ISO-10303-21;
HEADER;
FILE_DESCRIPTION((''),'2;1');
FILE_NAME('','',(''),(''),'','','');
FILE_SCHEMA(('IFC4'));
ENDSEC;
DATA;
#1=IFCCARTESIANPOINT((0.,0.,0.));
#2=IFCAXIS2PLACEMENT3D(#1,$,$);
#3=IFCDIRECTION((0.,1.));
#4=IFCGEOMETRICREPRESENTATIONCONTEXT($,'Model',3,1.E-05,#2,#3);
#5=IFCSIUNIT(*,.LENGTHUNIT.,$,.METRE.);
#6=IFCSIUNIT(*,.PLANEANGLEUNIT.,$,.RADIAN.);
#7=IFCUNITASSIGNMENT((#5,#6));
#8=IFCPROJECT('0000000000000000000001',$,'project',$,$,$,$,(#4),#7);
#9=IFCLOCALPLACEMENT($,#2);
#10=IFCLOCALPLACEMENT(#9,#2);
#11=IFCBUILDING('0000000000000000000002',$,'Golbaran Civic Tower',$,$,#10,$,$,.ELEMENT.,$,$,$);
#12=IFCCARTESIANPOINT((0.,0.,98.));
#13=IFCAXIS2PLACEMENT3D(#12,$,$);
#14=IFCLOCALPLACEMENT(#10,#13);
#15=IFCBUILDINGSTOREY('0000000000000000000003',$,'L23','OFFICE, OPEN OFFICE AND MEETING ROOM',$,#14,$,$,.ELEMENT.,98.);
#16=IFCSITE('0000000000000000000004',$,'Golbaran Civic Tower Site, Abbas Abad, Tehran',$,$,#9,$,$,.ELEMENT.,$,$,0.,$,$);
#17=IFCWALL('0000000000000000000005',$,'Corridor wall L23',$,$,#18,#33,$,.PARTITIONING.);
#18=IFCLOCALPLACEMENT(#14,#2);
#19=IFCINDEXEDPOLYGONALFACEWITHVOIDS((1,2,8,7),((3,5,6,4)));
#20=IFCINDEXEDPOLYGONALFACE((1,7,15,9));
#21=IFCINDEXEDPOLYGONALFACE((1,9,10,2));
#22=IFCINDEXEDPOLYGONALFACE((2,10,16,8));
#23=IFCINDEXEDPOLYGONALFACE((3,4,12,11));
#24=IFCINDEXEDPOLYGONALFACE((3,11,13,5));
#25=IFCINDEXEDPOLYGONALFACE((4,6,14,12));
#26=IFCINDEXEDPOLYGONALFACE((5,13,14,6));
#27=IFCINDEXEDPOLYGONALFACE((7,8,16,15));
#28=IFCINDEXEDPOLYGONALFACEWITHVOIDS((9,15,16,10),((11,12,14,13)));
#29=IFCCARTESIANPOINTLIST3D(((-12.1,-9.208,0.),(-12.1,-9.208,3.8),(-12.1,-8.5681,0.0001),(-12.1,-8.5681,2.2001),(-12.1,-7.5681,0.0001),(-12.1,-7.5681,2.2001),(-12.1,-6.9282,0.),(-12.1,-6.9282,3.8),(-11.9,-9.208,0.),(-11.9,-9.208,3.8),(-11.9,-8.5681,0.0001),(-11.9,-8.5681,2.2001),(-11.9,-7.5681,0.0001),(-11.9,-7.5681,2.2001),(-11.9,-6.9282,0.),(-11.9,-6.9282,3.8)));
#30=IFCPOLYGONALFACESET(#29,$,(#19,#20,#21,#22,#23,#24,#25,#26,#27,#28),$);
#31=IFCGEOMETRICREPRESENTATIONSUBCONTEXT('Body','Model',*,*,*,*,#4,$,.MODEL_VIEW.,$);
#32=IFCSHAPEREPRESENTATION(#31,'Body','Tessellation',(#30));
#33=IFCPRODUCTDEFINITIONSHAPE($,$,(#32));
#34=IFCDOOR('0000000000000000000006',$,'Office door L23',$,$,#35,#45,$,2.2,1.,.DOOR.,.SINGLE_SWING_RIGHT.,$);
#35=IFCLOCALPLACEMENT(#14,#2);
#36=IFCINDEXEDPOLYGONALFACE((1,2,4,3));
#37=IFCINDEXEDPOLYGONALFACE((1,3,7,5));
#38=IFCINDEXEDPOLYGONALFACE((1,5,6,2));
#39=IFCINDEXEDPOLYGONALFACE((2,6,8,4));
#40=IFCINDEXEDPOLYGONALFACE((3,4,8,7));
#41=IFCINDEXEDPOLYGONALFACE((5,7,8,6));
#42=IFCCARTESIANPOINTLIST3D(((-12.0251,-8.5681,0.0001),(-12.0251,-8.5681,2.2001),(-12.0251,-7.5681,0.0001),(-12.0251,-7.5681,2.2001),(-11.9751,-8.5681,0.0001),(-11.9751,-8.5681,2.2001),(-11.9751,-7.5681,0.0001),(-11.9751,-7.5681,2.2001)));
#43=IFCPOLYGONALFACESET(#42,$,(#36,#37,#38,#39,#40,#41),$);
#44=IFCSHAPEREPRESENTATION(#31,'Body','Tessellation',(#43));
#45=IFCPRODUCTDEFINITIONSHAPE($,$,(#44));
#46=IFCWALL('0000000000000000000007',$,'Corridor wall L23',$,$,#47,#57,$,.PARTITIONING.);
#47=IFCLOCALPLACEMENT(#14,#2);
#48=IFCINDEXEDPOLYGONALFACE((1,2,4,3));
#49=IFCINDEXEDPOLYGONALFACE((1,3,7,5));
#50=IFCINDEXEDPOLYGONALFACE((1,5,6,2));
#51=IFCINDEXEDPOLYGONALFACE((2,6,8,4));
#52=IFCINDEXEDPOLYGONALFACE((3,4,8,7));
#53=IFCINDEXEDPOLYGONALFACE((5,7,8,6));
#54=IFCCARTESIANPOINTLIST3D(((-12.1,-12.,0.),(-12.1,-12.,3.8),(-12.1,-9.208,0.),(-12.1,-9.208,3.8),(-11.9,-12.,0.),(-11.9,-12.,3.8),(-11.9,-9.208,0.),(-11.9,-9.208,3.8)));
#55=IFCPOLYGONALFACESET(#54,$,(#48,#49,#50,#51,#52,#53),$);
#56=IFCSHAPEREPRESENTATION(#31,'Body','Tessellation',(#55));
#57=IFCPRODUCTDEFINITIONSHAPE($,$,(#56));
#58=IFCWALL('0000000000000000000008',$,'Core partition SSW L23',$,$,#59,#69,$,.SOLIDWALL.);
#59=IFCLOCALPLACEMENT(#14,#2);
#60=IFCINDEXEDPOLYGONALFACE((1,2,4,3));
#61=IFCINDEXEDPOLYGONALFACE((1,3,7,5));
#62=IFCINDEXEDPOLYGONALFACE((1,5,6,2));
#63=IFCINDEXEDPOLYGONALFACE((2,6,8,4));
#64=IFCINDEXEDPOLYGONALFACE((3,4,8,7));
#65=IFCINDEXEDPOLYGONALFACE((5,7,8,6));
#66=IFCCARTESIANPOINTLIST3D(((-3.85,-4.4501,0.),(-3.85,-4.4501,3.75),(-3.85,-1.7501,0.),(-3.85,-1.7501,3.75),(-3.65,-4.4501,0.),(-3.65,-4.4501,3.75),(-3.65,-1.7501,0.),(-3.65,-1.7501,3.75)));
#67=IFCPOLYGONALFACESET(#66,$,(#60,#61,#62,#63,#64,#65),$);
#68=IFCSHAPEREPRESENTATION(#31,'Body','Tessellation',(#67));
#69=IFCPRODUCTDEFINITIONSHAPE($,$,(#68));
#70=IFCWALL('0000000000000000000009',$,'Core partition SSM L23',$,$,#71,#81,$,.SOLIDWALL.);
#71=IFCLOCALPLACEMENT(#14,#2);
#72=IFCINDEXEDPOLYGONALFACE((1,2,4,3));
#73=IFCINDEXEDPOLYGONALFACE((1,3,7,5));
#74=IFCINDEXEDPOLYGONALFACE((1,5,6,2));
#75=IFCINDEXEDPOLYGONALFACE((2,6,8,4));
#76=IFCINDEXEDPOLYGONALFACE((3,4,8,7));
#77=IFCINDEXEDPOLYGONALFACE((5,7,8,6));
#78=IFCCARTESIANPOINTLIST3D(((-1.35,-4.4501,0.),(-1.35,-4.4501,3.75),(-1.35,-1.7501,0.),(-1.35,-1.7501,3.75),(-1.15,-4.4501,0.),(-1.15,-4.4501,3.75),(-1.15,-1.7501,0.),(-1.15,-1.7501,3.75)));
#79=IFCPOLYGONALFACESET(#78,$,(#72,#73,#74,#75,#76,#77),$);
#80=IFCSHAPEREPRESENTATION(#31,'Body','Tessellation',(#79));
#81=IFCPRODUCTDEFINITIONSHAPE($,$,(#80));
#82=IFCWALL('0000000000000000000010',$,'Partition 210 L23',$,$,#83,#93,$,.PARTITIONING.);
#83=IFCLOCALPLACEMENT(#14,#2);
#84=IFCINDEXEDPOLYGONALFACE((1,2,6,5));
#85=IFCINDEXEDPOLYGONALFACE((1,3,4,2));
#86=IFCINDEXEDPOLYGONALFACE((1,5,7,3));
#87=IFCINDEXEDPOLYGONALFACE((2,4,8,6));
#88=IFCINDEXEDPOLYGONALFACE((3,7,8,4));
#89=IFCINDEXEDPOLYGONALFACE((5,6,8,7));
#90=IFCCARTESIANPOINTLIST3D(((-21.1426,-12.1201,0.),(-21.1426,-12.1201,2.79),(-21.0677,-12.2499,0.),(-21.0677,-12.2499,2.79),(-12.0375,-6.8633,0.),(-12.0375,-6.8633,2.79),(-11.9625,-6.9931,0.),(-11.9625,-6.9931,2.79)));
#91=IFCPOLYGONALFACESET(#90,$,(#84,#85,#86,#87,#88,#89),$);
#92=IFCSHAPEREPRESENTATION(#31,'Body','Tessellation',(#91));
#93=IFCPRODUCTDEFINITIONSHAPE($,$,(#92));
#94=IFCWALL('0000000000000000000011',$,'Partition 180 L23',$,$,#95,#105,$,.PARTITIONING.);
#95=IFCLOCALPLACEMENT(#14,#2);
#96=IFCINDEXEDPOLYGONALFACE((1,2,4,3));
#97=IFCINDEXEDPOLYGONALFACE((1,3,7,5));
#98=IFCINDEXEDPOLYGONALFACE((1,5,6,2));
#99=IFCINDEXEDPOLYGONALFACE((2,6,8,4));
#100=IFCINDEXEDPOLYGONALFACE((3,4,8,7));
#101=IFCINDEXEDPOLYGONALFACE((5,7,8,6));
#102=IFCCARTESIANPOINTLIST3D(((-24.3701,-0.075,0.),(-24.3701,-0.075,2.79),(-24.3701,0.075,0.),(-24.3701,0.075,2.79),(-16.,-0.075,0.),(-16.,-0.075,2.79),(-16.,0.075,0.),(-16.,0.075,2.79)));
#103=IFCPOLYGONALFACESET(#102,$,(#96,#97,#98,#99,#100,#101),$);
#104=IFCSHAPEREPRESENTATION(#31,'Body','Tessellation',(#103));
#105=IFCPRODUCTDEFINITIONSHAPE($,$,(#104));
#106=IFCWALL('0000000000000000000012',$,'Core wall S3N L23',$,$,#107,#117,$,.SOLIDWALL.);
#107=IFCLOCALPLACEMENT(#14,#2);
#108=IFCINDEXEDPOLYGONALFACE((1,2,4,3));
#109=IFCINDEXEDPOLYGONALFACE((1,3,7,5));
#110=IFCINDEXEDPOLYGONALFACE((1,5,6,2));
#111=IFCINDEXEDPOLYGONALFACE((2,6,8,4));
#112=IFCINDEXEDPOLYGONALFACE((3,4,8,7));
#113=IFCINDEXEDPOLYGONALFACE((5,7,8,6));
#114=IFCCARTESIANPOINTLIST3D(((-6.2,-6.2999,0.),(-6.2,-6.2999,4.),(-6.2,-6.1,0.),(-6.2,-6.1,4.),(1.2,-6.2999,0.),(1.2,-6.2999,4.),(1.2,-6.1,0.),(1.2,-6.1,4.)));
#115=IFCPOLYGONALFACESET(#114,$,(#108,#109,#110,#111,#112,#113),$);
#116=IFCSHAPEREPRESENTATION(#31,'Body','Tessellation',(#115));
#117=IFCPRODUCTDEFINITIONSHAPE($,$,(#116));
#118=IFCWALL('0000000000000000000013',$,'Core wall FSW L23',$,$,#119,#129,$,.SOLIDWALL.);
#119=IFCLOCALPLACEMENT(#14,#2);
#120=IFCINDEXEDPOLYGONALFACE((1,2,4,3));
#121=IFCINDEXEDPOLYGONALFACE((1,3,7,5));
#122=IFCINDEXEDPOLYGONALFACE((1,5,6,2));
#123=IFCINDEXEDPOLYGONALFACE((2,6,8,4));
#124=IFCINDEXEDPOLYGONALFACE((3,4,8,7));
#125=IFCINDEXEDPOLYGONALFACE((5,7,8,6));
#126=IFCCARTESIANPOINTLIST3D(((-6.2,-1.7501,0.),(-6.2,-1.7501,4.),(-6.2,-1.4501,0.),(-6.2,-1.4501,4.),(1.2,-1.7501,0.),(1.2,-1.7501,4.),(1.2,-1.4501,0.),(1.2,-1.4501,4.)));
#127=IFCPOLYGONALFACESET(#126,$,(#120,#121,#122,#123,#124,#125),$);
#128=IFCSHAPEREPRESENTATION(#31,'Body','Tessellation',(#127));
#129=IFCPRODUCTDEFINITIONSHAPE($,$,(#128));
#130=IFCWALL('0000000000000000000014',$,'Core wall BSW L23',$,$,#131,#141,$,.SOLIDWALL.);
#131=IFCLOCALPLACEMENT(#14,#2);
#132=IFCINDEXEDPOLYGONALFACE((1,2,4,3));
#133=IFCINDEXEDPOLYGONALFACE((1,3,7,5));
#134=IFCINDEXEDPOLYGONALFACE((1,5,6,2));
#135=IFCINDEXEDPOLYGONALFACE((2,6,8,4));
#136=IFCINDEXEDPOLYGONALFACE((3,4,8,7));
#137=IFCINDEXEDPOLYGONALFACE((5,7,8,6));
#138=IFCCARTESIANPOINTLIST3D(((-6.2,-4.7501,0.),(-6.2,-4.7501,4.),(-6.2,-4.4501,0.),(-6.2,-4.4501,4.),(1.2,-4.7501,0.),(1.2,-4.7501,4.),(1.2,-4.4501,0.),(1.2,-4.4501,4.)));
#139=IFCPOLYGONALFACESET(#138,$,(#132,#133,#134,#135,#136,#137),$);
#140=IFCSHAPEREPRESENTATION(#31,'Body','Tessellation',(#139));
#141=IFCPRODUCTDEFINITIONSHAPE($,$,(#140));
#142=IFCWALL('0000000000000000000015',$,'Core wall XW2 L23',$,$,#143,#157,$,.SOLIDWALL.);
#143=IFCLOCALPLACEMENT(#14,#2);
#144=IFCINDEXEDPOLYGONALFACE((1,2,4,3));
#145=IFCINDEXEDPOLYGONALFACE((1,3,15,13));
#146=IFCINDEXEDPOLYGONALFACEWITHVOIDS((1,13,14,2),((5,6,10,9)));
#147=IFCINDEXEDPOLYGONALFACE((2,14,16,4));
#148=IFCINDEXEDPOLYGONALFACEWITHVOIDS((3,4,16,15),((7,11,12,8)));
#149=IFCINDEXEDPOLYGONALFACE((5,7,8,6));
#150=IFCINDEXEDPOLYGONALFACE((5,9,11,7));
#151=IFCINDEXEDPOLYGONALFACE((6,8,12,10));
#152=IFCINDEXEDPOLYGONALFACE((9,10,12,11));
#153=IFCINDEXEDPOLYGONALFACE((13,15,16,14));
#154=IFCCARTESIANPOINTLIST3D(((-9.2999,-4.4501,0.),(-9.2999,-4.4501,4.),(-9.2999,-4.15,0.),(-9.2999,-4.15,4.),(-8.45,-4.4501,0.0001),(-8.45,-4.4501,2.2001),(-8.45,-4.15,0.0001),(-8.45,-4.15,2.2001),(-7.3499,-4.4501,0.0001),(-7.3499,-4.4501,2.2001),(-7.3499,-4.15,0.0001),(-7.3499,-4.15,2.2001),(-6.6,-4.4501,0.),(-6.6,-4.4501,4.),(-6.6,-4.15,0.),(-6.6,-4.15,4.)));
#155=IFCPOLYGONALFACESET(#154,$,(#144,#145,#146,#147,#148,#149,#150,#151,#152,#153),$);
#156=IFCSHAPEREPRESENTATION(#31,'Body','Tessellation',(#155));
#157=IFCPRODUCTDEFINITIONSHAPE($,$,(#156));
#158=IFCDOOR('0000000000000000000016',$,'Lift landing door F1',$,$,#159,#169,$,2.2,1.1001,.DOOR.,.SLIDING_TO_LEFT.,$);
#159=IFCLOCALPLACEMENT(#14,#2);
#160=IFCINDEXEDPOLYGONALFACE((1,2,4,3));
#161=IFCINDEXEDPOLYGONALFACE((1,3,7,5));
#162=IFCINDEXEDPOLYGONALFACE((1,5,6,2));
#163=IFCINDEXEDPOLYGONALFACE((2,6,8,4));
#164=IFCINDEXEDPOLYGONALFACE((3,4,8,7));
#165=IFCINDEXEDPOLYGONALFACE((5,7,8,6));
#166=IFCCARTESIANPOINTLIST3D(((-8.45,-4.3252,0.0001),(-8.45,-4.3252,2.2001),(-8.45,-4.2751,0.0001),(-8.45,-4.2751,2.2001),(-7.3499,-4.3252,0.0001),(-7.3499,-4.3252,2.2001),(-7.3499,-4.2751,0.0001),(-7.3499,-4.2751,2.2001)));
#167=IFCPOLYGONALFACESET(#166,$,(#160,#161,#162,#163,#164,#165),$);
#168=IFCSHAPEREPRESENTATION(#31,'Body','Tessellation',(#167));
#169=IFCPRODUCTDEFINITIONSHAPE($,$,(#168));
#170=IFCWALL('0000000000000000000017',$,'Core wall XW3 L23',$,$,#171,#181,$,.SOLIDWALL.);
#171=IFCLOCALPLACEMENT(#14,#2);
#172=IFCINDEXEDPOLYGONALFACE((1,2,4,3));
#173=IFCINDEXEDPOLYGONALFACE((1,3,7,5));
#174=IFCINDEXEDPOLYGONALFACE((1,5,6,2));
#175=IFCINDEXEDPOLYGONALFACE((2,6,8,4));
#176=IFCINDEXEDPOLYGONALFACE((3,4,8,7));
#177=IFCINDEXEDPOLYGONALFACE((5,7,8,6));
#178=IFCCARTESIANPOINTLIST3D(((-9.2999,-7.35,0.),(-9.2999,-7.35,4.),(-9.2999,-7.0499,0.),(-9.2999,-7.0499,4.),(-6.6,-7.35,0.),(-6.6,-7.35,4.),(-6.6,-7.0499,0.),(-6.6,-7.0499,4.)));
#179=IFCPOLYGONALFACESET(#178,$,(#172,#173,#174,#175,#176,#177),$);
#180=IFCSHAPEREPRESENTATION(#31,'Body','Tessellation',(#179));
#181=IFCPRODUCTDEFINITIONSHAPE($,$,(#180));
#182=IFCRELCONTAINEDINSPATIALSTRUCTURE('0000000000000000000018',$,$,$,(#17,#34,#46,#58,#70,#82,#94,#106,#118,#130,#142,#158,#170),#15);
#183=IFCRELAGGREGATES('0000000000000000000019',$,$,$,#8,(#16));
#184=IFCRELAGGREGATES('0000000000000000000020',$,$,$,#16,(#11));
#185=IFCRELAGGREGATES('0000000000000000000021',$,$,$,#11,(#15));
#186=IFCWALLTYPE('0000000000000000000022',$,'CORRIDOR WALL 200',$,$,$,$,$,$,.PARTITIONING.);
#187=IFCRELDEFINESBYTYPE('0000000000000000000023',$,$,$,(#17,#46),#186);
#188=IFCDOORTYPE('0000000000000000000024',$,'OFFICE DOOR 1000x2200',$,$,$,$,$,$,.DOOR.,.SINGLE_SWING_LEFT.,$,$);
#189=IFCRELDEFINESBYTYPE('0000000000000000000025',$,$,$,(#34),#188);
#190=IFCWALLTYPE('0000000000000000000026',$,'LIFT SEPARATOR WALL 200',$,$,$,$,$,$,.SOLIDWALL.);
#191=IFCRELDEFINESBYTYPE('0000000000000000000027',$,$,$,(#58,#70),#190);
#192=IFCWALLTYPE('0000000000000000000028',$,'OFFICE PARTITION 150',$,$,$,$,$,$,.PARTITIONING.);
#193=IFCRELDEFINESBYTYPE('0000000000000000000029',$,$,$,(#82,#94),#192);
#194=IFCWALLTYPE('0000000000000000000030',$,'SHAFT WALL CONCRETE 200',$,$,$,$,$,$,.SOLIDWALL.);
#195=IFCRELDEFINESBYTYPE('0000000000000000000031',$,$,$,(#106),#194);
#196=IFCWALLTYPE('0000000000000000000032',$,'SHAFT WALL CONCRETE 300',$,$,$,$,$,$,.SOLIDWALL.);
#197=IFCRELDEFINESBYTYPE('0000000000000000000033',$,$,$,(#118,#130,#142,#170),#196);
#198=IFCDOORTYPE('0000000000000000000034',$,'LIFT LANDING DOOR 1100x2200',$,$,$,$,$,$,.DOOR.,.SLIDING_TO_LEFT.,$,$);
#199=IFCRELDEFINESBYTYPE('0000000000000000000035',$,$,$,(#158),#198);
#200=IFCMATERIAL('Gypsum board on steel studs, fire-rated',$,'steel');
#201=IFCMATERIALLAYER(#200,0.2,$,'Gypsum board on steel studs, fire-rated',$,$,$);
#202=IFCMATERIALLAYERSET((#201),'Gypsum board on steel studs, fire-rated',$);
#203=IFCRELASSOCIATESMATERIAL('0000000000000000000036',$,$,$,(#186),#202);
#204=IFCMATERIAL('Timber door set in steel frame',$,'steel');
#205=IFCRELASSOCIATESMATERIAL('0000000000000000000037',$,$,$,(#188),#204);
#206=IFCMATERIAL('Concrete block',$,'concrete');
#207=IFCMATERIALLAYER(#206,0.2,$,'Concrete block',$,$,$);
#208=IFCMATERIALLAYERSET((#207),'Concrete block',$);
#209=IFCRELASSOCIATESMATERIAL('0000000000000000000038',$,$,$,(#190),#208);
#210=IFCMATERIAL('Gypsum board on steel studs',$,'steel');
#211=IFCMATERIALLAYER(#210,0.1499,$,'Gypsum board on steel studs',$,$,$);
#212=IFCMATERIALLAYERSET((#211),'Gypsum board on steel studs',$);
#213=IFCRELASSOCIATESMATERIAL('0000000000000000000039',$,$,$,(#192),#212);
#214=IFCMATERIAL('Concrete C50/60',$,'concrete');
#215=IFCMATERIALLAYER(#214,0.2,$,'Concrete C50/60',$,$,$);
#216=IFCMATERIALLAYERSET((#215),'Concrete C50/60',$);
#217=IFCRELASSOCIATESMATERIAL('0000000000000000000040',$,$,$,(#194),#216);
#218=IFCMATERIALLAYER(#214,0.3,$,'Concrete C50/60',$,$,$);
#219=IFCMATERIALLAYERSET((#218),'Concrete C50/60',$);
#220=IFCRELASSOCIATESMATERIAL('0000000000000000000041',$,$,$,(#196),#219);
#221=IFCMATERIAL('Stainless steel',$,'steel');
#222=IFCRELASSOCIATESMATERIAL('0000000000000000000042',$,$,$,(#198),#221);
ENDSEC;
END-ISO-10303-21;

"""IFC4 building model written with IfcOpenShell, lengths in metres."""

from ifc_helpers import new_model, si_unit, direction, frame, frame_2d, origin, place, context, subcontext, project, spatial, rectangle, extrude, material, layer, layer_set, type_object, element, fill, save


model = new_model("IFC4")

# Units and contexts
model_context = context("Model", 3, precision=1e-05, world=origin(), true_north=direction((0.0, 1.0)))
body_context = subcontext(model_context, "Body", "Model", "MODEL_VIEW")
ifc_project = project(units=[si_unit("LENGTHUNIT", "METRE"), si_unit("PLANEANGLEUNIT", "RADIAN")], contexts=[model_context])

# Site, building, storey
site_placement = place(None, origin())
site = spatial("IfcSite", under=ifc_project, at=site_placement, Name="Golbaran Civic Tower Site, Abbas Abad, Tehran", CompositionType="ELEMENT", RefElevation=0.0)
building_placement = place(site_placement, origin())
building = spatial("IfcBuilding", under=site, at=building_placement, Name="Golbaran Civic Tower", CompositionType="ELEMENT")
storey_placement = place(building_placement, frame((0.0, 0.0, 98.0)))
storey = spatial("IfcBuildingStorey", under=building, at=storey_placement, Name="L23", Description="OFFICE, OPEN OFFICE AND MEETING ROOM", CompositionType="ELEMENT", Elevation=98.0)

# Wall, opening, door
ifc_material_1 = material(Name="Gypsum board on steel studs, fire-rated", Category="steel")
ifc_layer_1 = layer(ifc_material_1, 0.2, Name="Gypsum board on steel studs, fire-rated")
ifc_layer_set_1 = layer_set([ifc_layer_1], Name="Gypsum board on steel studs, fire-rated")
wall_type_1 = type_object("IfcWallType", Name="CORRIDOR WALL 200", PredefinedType="PARTITIONING", material=ifc_layer_set_1)
wall_1_placement = place(storey_placement, frame((-12.0, -6.9282, 0.0), z_axis=(0.0, 0.0, 1.0), x_axis=(0.0, -1.0, 0.0)))
wall_1 = element("IfcWall", 1, at=wall_1_placement, inside=storey, type_object=wall_type_1, Name="Corridor wall L23", PredefinedType="PARTITIONING", context=body_context, shape_type="SweptSolid", body=[
    extrude(rectangle(XDim=2.2798, YDim=0.2, at=frame_2d((1.1399, 0.0))), origin(), (0.0, 0.0, 1.0), 3.8),
])
opening_1_placement = place(wall_1_placement, frame((0.6399, 0.0, 0.0)))
opening_1 = element("IfcOpeningElement", 2, at=opening_1_placement, cuts=wall_1, PredefinedType="OPENING", context=body_context, shape_type="SweptSolid", body=[
    extrude(rectangle(XDim=1.0, YDim=2.2, at=frame_2d((0.5, 1.1001))), frame((0.0, 0.1099, 0.0), z_axis=(0.0, -1.0, 0.0), x_axis=(1.0, 0.0, 0.0)), (0.0, 0.0, 1.0), 0.22),
])
ifc_material_2 = material(Name="Timber door set in steel frame", Category="steel")
door_type_1 = type_object("IfcDoorType", Name="OFFICE DOOR 1000x2200", OperationType="SINGLE_SWING_LEFT", PredefinedType="DOOR", material=ifc_material_2)
door_1_placement = place(opening_1_placement, origin())
door_1 = element("IfcDoor", 3, at=door_1_placement, inside=storey, type_object=door_type_1, Name="Office door L23", OperationType="SINGLE_SWING_RIGHT", OverallHeight=2.2, OverallWidth=1.0, PredefinedType="DOOR", context=body_context, shape_type="SweptSolid", body=[
    extrude(rectangle(XDim=1.0, YDim=2.2, at=frame_2d((0.5, 1.1001))), frame((0.0, 0.0249, 0.0), z_axis=(0.0, -1.0, 0.0), x_axis=(1.0, 0.0, 0.0)), (0.0, 0.0, 1.0), 0.05),
])
fill(opening_1, door_1)

# Walls
wall_2_placement = place(storey_placement, frame((-12.0, -9.208, 0.0), z_axis=(0.0, 0.0, 1.0), x_axis=(0.0, -1.0, 0.0)))
element("IfcWall", 4, at=wall_2_placement, inside=storey, type_object=wall_type_1, Name="Corridor wall L23", PredefinedType="PARTITIONING", context=body_context, shape_type="SweptSolid", body=[
    extrude(rectangle(XDim=2.792, YDim=0.2, at=frame_2d((1.396, 0.0))), origin(), (0.0, 0.0, 1.0), 3.8),
])
ifc_material_3 = material(Name="Concrete block", Category="concrete")
ifc_layer_2 = layer(ifc_material_3, 0.2, Name="Concrete block")
ifc_layer_set_2 = layer_set([ifc_layer_2], Name="Concrete block")
wall_type_2 = type_object("IfcWallType", Name="LIFT SEPARATOR WALL 200", PredefinedType="SOLIDWALL", material=ifc_layer_set_2)
for number, where, z_axis, x_axis, name in (
    (5, (-3.75, -1.75, 0.0), (0.0, 0.0, 1.0), (0.0, -1.0, 0.0), "Core partition SSW L23"),
    (6, (-1.25, -1.75, 0.0), (0.0, 0.0, 1.0), (0.0, -1.0, 0.0), "Core partition SSM L23"),
):
    element("IfcWall", number, at=place(storey_placement, frame(where, z_axis=z_axis, x_axis=x_axis)), inside=storey, type_object=wall_type_2, Name=name, PredefinedType="SOLIDWALL", context=body_context, shape_type="SweptSolid", body=[
        extrude(rectangle(XDim=2.7, YDim=0.2, at=frame_2d((1.3501, 0.0))), origin(), (0.0, 0.0, 1.0), 3.75),
    ])
ifc_material_4 = material(Name="Gypsum board on steel studs", Category="steel")
ifc_layer_3 = layer(ifc_material_4, 0.1499, Name="Gypsum board on steel studs")
ifc_layer_set_3 = layer_set([ifc_layer_3], Name="Gypsum board on steel studs")
wall_type_3 = type_object("IfcWallType", Name="OFFICE PARTITION 150", PredefinedType="PARTITIONING", material=ifc_layer_set_3)
wall_3_placement = place(storey_placement, frame((-12.0, -6.9282, 0.0), z_axis=(0.0, 0.0, 1.0), x_axis=(-0.866028, -0.499995, 0.0)))
element("IfcWall", 7, at=wall_3_placement, inside=storey, type_object=wall_type_3, Name="Partition 210 L23", PredefinedType="PARTITIONING", context=body_context, shape_type="SweptSolid", body=[
    extrude(rectangle(XDim=10.5137, YDim=0.1499, at=frame_2d((5.2568, 0.0))), origin(), (0.0, 0.0, 1.0), 2.79),
])
wall_4_placement = place(storey_placement, frame((-16.0, 0.0, 0.0), z_axis=(0.0, 0.0, 1.0), x_axis=(-1.0, 0.0, 0.0)))
element("IfcWall", 8, at=wall_4_placement, inside=storey, type_object=wall_type_3, Name="Partition 180 L23", PredefinedType="PARTITIONING", context=body_context, shape_type="SweptSolid", body=[
    extrude(rectangle(XDim=8.3701, YDim=0.1499, at=frame_2d((4.1851, 0.0))), origin(), (0.0, 0.0, 1.0), 2.79),
])
ifc_material_5 = material(Name="Concrete C50/60", Category="concrete")
ifc_layer_4 = layer(ifc_material_5, 0.2, Name="Concrete C50/60")
ifc_layer_set_4 = layer_set([ifc_layer_4], Name="Concrete C50/60")
wall_type_4 = type_object("IfcWallType", Name="SHAFT WALL CONCRETE 200", PredefinedType="SOLIDWALL", material=ifc_layer_set_4)
wall_5_placement = place(storey_placement, frame((-6.2, -6.2, 0.0), z_axis=(0.0, 0.0, 1.0), x_axis=(1.0, 0.0, 0.0)))
element("IfcWall", 9, at=wall_5_placement, inside=storey, type_object=wall_type_4, Name="Core wall S3N L23", PredefinedType="SOLIDWALL", context=body_context, shape_type="SweptSolid", body=[
    extrude(rectangle(XDim=7.3999, YDim=0.2, at=frame_2d((3.7, 0.0))), origin(), (0.0, 0.0, 1.0), 4.0),
])
ifc_layer_5 = layer(ifc_material_5, 0.3, Name="Concrete C50/60")
ifc_layer_set_5 = layer_set([ifc_layer_5], Name="Concrete C50/60")
wall_type_5 = type_object("IfcWallType", Name="SHAFT WALL CONCRETE 300", PredefinedType="SOLIDWALL", material=ifc_layer_set_5)
for number, where, z_axis, x_axis, name in (
    (10, (-6.2, -1.6001, 0.0), (0.0, 0.0, 1.0), (1.0, 0.0, 0.0), "Core wall FSW L23"),
    (11, (-6.2, -4.6001, 0.0), (0.0, 0.0, 1.0), (1.0, 0.0, 0.0), "Core wall BSW L23"),
):
    element("IfcWall", number, at=place(storey_placement, frame(where, z_axis=z_axis, x_axis=x_axis)), inside=storey, type_object=wall_type_5, Name=name, PredefinedType="SOLIDWALL", context=body_context, shape_type="SweptSolid", body=[
        extrude(rectangle(XDim=7.3999, YDim=0.3, at=frame_2d((3.7, 0.0))), origin(), (0.0, 0.0, 1.0), 4.0),
    ])

# Wall, opening, door
wall_6_placement = place(storey_placement, frame((-9.3, -4.3, 0.0), z_axis=(0.0, 0.0, 1.0), x_axis=(1.0, 0.0, 0.0)))
wall_6 = element("IfcWall", 12, at=wall_6_placement, inside=storey, type_object=wall_type_5, Name="Core wall XW2 L23", PredefinedType="SOLIDWALL", context=body_context, shape_type="SweptSolid", body=[
    extrude(rectangle(XDim=2.7, YDim=0.3, at=frame_2d((1.3501, 0.0))), origin(), (0.0, 0.0, 1.0), 4.0),
])
opening_2_placement = place(wall_6_placement, frame((0.8501, 0.0, 0.0)))
opening_2 = element("IfcOpeningElement", 13, at=opening_2_placement, cuts=wall_6, PredefinedType="OPENING", context=body_context, shape_type="SweptSolid", body=[
    extrude(rectangle(XDim=1.1001, YDim=2.2, at=frame_2d((0.55, 1.1001))), frame((0.0, 0.1599, 0.0), z_axis=(0.0, -1.0, 0.0), x_axis=(1.0, 0.0, 0.0)), (0.0, 0.0, 1.0), 0.3201),
])
ifc_material_6 = material(Name="Stainless steel", Category="steel")
door_type_2 = type_object("IfcDoorType", Name="LIFT LANDING DOOR 1100x2200", OperationType="SLIDING_TO_LEFT", PredefinedType="DOOR", material=ifc_material_6)
door_2_placement = place(opening_2_placement, origin())
door_2 = element("IfcDoor", 14, at=door_2_placement, inside=storey, type_object=door_type_2, Name="Lift landing door F1", OperationType="SLIDING_TO_LEFT", OverallHeight=2.2, OverallWidth=1.1001, PredefinedType="DOOR", context=body_context, shape_type="SweptSolid", body=[
    extrude(rectangle(XDim=1.1001, YDim=2.2, at=frame_2d((0.55, 1.1001))), frame((0.0, 0.0249, 0.0), z_axis=(0.0, -1.0, 0.0), x_axis=(1.0, 0.0, 0.0)), (0.0, 0.0, 1.0), 0.05),
])
fill(opening_2, door_2)

# Wall
wall_7_placement = place(storey_placement, frame((-9.3, -7.2, 0.0), z_axis=(0.0, 0.0, 1.0), x_axis=(1.0, 0.0, 0.0)))
element("IfcWall", 15, at=wall_7_placement, inside=storey, type_object=wall_type_5, Name="Core wall XW3 L23", PredefinedType="SOLIDWALL", context=body_context, shape_type="SweptSolid", body=[
    extrude(rectangle(XDim=2.7, YDim=0.3, at=frame_2d((1.3501, 0.0))), origin(), (0.0, 0.0, 1.0), 4.0),
])

save(model, "model.ifc")
